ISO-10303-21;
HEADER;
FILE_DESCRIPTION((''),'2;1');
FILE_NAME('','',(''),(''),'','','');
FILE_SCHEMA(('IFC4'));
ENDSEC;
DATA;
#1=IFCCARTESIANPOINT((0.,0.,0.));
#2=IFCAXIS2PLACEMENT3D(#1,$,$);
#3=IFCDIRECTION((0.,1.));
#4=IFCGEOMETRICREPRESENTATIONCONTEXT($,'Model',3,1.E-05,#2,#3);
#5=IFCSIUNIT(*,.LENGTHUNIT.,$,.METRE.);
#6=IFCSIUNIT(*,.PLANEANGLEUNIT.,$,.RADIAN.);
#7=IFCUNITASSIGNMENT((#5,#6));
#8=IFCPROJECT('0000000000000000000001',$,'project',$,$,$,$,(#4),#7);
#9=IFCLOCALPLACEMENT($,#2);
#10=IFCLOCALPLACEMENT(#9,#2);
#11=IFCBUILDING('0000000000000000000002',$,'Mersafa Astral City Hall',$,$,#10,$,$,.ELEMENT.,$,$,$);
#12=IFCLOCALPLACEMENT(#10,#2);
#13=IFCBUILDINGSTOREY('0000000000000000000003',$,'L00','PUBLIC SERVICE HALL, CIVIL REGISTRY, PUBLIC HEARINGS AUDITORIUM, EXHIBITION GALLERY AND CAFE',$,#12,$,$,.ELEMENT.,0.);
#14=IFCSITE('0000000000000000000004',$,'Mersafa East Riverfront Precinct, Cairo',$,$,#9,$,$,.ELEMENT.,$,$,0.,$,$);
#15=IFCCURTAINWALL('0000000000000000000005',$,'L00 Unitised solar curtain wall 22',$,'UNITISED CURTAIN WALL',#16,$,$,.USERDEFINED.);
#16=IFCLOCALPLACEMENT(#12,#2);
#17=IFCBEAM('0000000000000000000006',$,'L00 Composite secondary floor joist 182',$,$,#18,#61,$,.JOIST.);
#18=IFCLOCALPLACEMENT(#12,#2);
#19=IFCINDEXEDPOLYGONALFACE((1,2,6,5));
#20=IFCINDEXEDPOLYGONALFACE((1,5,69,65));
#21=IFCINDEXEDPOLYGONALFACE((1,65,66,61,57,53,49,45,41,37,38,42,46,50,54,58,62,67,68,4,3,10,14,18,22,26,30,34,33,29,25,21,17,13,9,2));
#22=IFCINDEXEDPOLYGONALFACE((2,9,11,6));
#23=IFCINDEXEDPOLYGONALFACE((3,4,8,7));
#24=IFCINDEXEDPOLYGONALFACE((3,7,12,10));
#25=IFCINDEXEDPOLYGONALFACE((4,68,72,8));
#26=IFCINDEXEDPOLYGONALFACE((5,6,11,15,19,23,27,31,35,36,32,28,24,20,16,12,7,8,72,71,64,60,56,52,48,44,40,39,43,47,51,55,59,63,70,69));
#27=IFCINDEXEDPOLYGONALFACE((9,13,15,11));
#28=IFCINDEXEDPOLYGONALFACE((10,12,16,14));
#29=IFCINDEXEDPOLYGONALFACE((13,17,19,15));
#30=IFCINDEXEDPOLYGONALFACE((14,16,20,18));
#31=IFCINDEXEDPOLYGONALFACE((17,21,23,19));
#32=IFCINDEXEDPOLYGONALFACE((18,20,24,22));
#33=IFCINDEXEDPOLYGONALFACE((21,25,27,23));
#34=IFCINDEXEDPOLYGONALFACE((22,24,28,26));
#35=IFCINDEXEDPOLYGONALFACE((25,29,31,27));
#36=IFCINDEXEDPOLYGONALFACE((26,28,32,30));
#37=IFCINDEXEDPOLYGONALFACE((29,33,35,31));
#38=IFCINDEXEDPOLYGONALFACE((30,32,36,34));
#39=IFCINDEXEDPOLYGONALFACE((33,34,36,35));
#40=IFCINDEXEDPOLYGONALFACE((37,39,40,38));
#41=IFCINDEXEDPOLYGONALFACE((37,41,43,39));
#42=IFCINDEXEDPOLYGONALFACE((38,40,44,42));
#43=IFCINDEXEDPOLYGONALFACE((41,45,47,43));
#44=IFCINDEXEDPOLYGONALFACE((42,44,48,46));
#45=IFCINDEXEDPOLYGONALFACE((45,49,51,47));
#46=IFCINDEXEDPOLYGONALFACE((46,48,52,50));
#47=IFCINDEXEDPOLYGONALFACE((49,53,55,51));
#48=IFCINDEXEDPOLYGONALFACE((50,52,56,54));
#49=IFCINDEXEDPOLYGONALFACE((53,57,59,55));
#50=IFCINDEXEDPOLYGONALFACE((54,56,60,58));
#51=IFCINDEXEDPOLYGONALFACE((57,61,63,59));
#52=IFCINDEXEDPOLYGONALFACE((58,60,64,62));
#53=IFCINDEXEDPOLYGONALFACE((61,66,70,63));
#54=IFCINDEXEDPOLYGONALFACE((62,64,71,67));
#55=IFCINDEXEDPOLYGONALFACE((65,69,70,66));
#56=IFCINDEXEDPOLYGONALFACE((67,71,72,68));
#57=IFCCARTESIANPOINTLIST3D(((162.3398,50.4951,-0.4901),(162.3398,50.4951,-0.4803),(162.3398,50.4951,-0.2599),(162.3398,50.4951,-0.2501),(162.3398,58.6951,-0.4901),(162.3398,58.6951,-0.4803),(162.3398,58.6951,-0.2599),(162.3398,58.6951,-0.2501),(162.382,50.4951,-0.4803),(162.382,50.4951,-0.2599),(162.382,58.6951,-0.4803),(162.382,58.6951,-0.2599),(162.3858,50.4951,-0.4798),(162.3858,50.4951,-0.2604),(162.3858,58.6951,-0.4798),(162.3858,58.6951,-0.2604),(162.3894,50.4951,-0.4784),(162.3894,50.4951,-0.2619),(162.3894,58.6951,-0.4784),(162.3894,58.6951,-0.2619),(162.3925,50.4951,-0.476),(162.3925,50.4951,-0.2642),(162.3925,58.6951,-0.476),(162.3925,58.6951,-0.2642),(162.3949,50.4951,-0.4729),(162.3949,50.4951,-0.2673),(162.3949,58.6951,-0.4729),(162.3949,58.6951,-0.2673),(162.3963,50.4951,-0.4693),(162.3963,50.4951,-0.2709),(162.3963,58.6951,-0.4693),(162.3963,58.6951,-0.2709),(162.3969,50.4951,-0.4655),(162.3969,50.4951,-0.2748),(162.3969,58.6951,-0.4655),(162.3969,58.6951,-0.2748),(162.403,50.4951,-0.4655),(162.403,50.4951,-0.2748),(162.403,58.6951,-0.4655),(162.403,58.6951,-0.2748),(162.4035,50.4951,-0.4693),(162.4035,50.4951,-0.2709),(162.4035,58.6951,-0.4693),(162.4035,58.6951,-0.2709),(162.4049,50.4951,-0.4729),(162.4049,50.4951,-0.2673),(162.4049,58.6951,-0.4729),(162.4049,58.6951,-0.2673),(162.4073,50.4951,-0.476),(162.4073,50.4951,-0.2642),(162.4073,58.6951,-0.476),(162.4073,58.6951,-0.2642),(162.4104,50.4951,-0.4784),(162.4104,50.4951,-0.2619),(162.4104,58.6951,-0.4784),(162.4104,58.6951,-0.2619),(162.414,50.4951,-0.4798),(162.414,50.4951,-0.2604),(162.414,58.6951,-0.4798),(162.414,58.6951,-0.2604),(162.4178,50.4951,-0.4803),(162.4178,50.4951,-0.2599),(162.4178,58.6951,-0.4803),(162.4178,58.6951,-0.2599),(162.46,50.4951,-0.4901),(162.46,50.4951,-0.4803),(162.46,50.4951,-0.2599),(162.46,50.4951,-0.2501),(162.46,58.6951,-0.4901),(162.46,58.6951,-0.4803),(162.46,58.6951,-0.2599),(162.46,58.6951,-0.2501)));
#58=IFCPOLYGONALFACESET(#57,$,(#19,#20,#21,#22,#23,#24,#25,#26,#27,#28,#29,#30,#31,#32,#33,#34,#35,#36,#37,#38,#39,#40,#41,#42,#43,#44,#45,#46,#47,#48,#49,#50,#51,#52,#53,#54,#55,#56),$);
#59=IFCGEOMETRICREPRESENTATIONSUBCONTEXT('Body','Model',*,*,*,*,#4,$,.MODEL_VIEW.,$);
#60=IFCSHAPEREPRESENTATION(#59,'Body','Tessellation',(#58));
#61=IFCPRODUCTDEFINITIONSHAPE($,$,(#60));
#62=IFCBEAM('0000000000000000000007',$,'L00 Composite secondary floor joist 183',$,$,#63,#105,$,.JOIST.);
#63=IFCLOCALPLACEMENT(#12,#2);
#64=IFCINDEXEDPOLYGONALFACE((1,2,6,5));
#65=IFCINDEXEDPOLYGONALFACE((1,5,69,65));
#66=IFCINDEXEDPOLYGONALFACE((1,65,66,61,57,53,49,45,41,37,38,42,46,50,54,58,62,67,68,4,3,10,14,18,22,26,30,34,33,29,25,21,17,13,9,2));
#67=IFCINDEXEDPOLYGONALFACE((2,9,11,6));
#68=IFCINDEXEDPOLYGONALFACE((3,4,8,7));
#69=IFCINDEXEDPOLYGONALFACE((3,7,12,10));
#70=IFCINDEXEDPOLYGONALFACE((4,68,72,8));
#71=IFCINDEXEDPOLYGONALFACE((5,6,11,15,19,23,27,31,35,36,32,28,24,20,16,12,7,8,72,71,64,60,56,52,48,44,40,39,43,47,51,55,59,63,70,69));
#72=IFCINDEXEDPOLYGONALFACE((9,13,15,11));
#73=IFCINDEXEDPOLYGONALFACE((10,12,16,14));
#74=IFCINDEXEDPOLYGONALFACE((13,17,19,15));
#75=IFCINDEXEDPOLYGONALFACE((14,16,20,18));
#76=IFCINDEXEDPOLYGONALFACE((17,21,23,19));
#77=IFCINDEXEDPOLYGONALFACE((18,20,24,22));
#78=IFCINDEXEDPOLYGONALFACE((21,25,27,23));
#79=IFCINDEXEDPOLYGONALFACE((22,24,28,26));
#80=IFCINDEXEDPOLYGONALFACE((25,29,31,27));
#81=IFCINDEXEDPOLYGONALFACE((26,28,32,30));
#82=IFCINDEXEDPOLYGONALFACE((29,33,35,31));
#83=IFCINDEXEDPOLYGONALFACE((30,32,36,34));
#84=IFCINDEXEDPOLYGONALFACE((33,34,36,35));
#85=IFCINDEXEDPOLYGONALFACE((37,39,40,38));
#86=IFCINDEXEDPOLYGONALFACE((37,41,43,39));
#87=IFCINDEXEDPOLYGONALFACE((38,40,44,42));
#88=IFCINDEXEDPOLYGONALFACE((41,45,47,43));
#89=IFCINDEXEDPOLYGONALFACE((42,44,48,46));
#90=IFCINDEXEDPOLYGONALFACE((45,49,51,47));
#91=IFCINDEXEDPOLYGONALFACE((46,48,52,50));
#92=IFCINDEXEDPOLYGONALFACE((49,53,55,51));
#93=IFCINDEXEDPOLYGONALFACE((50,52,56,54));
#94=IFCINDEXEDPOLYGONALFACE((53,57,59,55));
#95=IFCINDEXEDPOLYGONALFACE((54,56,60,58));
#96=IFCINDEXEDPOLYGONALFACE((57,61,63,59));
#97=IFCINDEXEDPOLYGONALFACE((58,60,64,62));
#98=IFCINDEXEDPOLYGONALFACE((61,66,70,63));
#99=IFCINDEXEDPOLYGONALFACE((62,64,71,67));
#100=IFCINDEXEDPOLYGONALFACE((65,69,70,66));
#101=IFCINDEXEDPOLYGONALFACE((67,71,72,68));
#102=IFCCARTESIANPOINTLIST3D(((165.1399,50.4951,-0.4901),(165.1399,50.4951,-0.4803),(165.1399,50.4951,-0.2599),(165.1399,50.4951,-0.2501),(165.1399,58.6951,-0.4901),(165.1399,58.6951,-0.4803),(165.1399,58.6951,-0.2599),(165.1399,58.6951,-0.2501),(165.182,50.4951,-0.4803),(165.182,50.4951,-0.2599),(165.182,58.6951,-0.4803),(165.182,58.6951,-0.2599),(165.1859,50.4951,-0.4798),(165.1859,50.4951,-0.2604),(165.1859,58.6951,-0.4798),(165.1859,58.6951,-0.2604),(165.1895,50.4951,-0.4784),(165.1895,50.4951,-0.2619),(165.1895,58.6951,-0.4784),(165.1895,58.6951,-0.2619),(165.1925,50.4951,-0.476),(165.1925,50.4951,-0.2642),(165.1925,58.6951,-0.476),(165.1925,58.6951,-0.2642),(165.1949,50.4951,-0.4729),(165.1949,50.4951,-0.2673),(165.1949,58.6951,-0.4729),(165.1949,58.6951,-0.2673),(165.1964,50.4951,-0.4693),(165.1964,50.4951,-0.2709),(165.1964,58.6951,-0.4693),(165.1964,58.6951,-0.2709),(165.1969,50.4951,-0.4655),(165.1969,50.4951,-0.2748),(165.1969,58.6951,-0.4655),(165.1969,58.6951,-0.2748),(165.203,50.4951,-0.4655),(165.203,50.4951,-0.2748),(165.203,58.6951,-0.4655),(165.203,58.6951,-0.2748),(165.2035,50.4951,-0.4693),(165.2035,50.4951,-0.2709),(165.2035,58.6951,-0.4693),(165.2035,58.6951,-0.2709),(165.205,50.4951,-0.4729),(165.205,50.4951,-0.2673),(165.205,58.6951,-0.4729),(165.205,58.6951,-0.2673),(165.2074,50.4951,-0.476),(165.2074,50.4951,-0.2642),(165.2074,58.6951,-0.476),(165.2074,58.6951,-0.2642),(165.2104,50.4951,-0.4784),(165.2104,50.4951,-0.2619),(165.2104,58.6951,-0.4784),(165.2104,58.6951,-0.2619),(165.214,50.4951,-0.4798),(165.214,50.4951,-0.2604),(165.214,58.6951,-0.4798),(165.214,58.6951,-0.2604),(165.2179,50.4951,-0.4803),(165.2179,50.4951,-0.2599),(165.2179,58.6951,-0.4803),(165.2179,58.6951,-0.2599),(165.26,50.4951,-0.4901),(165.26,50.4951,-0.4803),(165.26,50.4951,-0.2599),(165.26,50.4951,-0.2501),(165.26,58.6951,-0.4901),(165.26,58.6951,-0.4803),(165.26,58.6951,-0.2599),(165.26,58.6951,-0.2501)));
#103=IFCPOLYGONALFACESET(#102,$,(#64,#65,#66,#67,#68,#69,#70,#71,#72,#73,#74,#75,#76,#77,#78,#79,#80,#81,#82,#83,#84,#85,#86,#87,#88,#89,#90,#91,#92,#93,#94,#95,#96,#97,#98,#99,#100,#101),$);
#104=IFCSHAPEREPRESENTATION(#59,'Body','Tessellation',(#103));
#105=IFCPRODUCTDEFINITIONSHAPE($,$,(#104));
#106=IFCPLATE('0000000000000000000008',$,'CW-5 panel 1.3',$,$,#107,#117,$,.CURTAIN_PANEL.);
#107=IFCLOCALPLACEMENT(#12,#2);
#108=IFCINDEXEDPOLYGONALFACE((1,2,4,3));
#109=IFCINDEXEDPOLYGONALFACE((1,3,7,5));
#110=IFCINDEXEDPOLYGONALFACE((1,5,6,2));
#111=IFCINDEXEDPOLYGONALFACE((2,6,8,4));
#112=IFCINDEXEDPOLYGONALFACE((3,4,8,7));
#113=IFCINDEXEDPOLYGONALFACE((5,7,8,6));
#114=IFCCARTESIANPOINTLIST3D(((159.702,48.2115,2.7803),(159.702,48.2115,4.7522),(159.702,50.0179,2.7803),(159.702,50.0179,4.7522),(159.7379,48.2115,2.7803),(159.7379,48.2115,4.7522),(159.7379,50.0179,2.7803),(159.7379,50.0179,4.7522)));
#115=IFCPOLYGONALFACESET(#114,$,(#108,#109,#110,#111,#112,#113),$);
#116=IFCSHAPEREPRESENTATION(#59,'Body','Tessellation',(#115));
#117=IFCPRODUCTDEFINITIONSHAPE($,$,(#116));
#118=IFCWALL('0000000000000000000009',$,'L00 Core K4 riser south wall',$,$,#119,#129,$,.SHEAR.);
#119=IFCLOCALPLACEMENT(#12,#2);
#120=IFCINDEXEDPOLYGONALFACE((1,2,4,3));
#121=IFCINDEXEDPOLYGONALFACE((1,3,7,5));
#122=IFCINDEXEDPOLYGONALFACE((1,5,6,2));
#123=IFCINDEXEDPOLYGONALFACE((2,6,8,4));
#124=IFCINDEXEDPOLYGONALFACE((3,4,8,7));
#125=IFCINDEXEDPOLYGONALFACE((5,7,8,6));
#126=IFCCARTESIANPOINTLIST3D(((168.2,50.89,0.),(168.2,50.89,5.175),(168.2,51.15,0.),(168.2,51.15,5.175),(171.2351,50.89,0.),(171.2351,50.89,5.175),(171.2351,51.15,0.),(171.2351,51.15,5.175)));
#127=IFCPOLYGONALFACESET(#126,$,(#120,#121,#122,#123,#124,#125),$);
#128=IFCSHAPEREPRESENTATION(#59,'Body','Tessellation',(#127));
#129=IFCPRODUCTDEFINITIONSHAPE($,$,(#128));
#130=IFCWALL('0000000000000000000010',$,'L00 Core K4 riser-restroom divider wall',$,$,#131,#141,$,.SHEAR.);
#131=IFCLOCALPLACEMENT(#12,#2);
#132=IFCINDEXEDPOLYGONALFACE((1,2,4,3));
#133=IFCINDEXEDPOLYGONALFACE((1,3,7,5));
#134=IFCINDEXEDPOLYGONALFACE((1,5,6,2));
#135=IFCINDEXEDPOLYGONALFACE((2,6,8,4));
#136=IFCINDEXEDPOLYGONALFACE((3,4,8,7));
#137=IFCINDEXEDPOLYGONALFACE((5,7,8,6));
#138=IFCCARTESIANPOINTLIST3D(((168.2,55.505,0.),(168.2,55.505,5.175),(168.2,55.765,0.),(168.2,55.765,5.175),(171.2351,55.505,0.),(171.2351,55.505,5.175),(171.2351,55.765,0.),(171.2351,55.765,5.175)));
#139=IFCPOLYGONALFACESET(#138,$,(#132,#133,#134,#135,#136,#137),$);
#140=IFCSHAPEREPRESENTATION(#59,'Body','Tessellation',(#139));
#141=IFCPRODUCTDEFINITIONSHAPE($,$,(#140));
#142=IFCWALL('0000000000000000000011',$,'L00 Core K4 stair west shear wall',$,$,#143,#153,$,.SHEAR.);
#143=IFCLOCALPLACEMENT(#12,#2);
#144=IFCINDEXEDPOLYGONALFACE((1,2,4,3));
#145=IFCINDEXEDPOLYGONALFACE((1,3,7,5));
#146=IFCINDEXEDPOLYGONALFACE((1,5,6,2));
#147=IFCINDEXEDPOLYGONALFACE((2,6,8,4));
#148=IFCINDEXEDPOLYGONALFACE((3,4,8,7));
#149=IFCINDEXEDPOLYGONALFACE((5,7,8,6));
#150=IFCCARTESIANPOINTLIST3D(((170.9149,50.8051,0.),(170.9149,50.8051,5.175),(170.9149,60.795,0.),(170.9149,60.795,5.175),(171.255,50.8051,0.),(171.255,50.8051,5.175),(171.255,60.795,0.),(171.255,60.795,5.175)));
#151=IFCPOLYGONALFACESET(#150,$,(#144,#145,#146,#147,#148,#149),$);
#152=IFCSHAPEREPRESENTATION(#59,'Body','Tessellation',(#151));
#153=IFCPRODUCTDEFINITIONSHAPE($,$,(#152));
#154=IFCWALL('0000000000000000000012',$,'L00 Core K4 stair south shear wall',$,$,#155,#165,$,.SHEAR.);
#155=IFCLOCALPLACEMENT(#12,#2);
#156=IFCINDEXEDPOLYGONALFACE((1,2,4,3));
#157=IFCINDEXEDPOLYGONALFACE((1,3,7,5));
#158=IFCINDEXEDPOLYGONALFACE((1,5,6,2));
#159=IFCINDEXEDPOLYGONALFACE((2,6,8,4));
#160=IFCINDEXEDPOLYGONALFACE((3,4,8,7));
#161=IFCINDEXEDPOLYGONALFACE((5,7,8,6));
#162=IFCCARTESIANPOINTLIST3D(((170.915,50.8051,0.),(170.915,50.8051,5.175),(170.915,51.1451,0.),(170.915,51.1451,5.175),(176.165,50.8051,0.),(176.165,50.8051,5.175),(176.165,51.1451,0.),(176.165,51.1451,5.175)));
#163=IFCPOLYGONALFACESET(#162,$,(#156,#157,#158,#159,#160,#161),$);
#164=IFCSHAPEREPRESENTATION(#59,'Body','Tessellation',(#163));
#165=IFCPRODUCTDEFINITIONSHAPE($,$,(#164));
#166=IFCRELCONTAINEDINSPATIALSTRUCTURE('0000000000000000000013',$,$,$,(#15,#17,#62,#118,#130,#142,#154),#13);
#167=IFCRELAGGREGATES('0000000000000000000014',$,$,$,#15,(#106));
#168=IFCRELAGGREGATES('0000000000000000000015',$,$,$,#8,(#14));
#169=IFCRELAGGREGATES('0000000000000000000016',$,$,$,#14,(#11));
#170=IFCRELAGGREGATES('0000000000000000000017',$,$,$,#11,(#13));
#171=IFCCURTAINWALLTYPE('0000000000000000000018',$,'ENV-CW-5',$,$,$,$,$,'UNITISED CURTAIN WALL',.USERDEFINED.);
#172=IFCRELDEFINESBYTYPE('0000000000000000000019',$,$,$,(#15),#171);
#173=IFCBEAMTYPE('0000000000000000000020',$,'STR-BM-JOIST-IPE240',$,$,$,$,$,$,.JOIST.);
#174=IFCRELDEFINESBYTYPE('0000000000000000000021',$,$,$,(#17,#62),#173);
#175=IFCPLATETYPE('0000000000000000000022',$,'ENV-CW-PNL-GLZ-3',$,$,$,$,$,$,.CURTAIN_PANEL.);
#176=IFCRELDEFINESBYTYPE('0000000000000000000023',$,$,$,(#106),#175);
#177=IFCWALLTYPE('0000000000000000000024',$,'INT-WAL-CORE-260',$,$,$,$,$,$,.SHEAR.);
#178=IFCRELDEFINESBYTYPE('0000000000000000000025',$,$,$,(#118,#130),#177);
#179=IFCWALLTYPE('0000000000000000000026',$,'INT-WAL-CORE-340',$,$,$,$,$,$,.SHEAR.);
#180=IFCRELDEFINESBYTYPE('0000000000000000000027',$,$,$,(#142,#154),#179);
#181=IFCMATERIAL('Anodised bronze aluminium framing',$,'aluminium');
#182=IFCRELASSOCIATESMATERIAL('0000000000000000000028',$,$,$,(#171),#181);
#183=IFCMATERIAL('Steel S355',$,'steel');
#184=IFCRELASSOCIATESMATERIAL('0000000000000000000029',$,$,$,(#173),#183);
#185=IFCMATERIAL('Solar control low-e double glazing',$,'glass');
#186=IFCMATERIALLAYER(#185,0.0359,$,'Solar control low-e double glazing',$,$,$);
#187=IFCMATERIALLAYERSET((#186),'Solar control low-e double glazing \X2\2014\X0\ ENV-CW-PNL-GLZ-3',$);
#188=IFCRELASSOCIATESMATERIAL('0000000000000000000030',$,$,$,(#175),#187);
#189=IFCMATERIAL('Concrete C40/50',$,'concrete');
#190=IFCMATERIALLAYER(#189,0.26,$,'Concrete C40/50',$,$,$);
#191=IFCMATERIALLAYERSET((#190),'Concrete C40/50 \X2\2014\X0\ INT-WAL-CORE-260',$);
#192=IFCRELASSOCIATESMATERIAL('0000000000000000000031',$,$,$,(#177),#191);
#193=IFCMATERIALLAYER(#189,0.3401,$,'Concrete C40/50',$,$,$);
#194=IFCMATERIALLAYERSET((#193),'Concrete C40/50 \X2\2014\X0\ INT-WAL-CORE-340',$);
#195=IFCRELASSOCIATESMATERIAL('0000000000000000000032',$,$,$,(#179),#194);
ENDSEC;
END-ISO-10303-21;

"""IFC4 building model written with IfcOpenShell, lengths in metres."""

from ifc_helpers import new_model, si_unit, direction, frame, frame_2d, origin, origin_2d, place, context, subcontext, project, spatial, rectangle, i_section, extrude, material, layer, layer_set, material_profile, profile_set, type_object, element, aggregate, save


model = new_model("IFC4")

# Units and contexts
model_context = context("Model", 3, precision=1e-05, world=origin(), true_north=direction((0.0, 1.0)))
body_context = subcontext(model_context, "Body", "Model", "MODEL_VIEW")
ifc_project = project(units=[si_unit("LENGTHUNIT", "METRE"), si_unit("PLANEANGLEUNIT", "RADIAN")], contexts=[model_context])

# Site, building, storey
site_placement = place(None, origin())
site = spatial("IfcSite", under=ifc_project, at=site_placement, Name="Mersafa East Riverfront Precinct, Cairo", CompositionType="ELEMENT", RefElevation=0.0)
building_placement = place(site_placement, origin())
building = spatial("IfcBuilding", under=site, at=building_placement, Name="Mersafa Astral City Hall", CompositionType="ELEMENT")
storey_placement = place(building_placement, origin())
storey = spatial("IfcBuildingStorey", under=building, at=storey_placement, Name="L00", Description="PUBLIC SERVICE HALL, CIVIL REGISTRY, PUBLIC HEARINGS AUDITORIUM, EXHIBITION GALLERY AND CAFE", CompositionType="ELEMENT", Elevation=0.0)

# Shared definitions
ifc_material_1 = material(Name="Steel S355", Category="steel")

# Curtain wall
ifc_material_2 = material(Name="Anodised bronze aluminium framing", Category="aluminium")
curtain_wall_type_1 = type_object("IfcCurtainWallType", Name="ENV-CW-5", ElementType="UNITISED CURTAIN WALL", PredefinedType="USERDEFINED", material=ifc_material_2)
curtain_wall_1_placement = place(storey_placement, origin())
curtain_wall_1 = element("IfcCurtainWall", 1, at=curtain_wall_1_placement, inside=storey, type_object=curtain_wall_type_1, Name="L00 Unitised solar curtain wall 22", ObjectType="UNITISED CURTAIN WALL", PredefinedType="USERDEFINED")

# Beams
ifc_material_profile_1 = material_profile(ifc_material_1, i_section(OverallWidth=0.1201, OverallDepth=0.24, WebThickness=0.0061, FlangeThickness=0.0098, FilletRadius=0.0149, at=origin_2d()), Name="IPE 240")
ifc_profile_set_1 = profile_set([ifc_material_profile_1], Name="Steel S355")
beam_type_1 = type_object("IfcBeamType", Name="STR-BM-JOIST-IPE240", PredefinedType="JOIST", material=ifc_profile_set_1)
for number, where, z_axis, x_axis, name in (
    (2, (162.3999, 50.4951, -0.3701), (0.0, 1.0, 0.0), (-1.0, 0.0, 0.0), "L00 Composite secondary floor joist 182"),
    (3, (165.2, 50.4951, -0.3701), (0.0, 1.0, 0.0), (-1.0, 0.0, 0.0), "L00 Composite secondary floor joist 183"),
):
    element("IfcBeam", number, at=place(storey_placement, frame(where, z_axis=z_axis, x_axis=x_axis)), inside=storey, type_object=beam_type_1, Name=name, PredefinedType="JOIST", context=body_context, shape_type="SweptSolid", body=[
        extrude(i_section(OverallWidth=0.1201, OverallDepth=0.24, WebThickness=0.0061, FlangeThickness=0.0098, FilletRadius=0.0149, at=origin_2d()), origin(), (0.0, 0.0, 1.0), 8.2),
    ])

# Plate
ifc_material_3 = material(Name="Solar control low-e double glazing", Category="glass")
ifc_layer_1 = layer(ifc_material_3, 0.0359, Name="Solar control low-e double glazing")
ifc_layer_set_1 = layer_set([ifc_layer_1], Name="Solar control low-e double glazing — ENV-CW-PNL-GLZ-3")
plate_type = type_object("IfcPlateType", Name="ENV-CW-PNL-GLZ-3", PredefinedType="CURTAIN_PANEL", material=ifc_layer_set_1)
plate_placement = place(storey_placement, frame((159.72, 49.1147, 2.7803), z_axis=(0.0, 0.0, 1.0), x_axis=(0.0, -1.0, 0.0)))
plate = element("IfcPlate", 4, at=plate_placement, type_object=plate_type, Name="CW-5 panel 1.3", PredefinedType="CURTAIN_PANEL", context=body_context, shape_type="SweptSolid", body=[
    extrude(rectangle(XDim=1.8064, YDim=0.0359, at=origin_2d()), origin(), (0.0, 0.0, 1.0), 1.9719),
])
aggregate(curtain_wall_1, [plate])

# Walls
ifc_material_4 = material(Name="Concrete C40/50", Category="concrete")
ifc_layer_2 = layer(ifc_material_4, 0.26, Name="Concrete C40/50")
ifc_layer_set_2 = layer_set([ifc_layer_2], Name="Concrete C40/50 — INT-WAL-CORE-260")
wall_type_1 = type_object("IfcWallType", Name="INT-WAL-CORE-260", PredefinedType="SHEAR", material=ifc_layer_set_2)
for number, where, z_axis, x_axis, name in (
    (5, (168.2, 51.02, 0.0), (0.0, 0.0, 1.0), (1.0, 0.0, 0.0), "L00 Core K4 riser south wall"),
    (6, (168.2, 55.635, 0.0), (0.0, 0.0, 1.0), (1.0, 0.0, 0.0), "L00 Core K4 riser-restroom divider wall"),
):
    element("IfcWall", number, at=place(storey_placement, frame(where, z_axis=z_axis, x_axis=x_axis)), inside=storey, type_object=wall_type_1, Name=name, PredefinedType="SHEAR", context=body_context, shape_type="SweptSolid", body=[
        extrude(rectangle(XDim=3.0352, YDim=0.26, at=frame_2d((1.5176, 0.0))), origin(), (0.0, 0.0, 1.0), 5.175),
    ])
ifc_layer_3 = layer(ifc_material_4, 0.3401, Name="Concrete C40/50")
ifc_layer_set_3 = layer_set([ifc_layer_3], Name="Concrete C40/50 — INT-WAL-CORE-340")
wall_type_2 = type_object("IfcWallType", Name="INT-WAL-CORE-340", PredefinedType="SHEAR", material=ifc_layer_set_3)
wall_1_placement = place(storey_placement, frame((171.085, 50.8049, 0.0), z_axis=(0.0, 0.0, 1.0), x_axis=(0.0, 1.0, 0.0)))
element("IfcWall", 7, at=wall_1_placement, inside=storey, type_object=wall_type_2, Name="L00 Core K4 stair west shear wall", PredefinedType="SHEAR", context=body_context, shape_type="SweptSolid", body=[
    extrude(rectangle(XDim=9.99, YDim=0.3401, at=frame_2d((4.9951, 0.0))), origin(), (0.0, 0.0, 1.0), 5.175),
])
wall_2_placement = place(storey_placement, frame((170.915, 50.9751, 0.0), z_axis=(0.0, 0.0, 1.0), x_axis=(1.0, 0.0, 0.0)))
element("IfcWall", 8, at=wall_2_placement, inside=storey, type_object=wall_type_2, Name="L00 Core K4 stair south shear wall", PredefinedType="SHEAR", context=body_context, shape_type="SweptSolid", body=[
    extrude(rectangle(XDim=5.25, YDim=0.3401, at=frame_2d((2.625, 0.0))), origin(), (0.0, 0.0, 1.0), 5.175),
])

save(model, "model.ifc")
